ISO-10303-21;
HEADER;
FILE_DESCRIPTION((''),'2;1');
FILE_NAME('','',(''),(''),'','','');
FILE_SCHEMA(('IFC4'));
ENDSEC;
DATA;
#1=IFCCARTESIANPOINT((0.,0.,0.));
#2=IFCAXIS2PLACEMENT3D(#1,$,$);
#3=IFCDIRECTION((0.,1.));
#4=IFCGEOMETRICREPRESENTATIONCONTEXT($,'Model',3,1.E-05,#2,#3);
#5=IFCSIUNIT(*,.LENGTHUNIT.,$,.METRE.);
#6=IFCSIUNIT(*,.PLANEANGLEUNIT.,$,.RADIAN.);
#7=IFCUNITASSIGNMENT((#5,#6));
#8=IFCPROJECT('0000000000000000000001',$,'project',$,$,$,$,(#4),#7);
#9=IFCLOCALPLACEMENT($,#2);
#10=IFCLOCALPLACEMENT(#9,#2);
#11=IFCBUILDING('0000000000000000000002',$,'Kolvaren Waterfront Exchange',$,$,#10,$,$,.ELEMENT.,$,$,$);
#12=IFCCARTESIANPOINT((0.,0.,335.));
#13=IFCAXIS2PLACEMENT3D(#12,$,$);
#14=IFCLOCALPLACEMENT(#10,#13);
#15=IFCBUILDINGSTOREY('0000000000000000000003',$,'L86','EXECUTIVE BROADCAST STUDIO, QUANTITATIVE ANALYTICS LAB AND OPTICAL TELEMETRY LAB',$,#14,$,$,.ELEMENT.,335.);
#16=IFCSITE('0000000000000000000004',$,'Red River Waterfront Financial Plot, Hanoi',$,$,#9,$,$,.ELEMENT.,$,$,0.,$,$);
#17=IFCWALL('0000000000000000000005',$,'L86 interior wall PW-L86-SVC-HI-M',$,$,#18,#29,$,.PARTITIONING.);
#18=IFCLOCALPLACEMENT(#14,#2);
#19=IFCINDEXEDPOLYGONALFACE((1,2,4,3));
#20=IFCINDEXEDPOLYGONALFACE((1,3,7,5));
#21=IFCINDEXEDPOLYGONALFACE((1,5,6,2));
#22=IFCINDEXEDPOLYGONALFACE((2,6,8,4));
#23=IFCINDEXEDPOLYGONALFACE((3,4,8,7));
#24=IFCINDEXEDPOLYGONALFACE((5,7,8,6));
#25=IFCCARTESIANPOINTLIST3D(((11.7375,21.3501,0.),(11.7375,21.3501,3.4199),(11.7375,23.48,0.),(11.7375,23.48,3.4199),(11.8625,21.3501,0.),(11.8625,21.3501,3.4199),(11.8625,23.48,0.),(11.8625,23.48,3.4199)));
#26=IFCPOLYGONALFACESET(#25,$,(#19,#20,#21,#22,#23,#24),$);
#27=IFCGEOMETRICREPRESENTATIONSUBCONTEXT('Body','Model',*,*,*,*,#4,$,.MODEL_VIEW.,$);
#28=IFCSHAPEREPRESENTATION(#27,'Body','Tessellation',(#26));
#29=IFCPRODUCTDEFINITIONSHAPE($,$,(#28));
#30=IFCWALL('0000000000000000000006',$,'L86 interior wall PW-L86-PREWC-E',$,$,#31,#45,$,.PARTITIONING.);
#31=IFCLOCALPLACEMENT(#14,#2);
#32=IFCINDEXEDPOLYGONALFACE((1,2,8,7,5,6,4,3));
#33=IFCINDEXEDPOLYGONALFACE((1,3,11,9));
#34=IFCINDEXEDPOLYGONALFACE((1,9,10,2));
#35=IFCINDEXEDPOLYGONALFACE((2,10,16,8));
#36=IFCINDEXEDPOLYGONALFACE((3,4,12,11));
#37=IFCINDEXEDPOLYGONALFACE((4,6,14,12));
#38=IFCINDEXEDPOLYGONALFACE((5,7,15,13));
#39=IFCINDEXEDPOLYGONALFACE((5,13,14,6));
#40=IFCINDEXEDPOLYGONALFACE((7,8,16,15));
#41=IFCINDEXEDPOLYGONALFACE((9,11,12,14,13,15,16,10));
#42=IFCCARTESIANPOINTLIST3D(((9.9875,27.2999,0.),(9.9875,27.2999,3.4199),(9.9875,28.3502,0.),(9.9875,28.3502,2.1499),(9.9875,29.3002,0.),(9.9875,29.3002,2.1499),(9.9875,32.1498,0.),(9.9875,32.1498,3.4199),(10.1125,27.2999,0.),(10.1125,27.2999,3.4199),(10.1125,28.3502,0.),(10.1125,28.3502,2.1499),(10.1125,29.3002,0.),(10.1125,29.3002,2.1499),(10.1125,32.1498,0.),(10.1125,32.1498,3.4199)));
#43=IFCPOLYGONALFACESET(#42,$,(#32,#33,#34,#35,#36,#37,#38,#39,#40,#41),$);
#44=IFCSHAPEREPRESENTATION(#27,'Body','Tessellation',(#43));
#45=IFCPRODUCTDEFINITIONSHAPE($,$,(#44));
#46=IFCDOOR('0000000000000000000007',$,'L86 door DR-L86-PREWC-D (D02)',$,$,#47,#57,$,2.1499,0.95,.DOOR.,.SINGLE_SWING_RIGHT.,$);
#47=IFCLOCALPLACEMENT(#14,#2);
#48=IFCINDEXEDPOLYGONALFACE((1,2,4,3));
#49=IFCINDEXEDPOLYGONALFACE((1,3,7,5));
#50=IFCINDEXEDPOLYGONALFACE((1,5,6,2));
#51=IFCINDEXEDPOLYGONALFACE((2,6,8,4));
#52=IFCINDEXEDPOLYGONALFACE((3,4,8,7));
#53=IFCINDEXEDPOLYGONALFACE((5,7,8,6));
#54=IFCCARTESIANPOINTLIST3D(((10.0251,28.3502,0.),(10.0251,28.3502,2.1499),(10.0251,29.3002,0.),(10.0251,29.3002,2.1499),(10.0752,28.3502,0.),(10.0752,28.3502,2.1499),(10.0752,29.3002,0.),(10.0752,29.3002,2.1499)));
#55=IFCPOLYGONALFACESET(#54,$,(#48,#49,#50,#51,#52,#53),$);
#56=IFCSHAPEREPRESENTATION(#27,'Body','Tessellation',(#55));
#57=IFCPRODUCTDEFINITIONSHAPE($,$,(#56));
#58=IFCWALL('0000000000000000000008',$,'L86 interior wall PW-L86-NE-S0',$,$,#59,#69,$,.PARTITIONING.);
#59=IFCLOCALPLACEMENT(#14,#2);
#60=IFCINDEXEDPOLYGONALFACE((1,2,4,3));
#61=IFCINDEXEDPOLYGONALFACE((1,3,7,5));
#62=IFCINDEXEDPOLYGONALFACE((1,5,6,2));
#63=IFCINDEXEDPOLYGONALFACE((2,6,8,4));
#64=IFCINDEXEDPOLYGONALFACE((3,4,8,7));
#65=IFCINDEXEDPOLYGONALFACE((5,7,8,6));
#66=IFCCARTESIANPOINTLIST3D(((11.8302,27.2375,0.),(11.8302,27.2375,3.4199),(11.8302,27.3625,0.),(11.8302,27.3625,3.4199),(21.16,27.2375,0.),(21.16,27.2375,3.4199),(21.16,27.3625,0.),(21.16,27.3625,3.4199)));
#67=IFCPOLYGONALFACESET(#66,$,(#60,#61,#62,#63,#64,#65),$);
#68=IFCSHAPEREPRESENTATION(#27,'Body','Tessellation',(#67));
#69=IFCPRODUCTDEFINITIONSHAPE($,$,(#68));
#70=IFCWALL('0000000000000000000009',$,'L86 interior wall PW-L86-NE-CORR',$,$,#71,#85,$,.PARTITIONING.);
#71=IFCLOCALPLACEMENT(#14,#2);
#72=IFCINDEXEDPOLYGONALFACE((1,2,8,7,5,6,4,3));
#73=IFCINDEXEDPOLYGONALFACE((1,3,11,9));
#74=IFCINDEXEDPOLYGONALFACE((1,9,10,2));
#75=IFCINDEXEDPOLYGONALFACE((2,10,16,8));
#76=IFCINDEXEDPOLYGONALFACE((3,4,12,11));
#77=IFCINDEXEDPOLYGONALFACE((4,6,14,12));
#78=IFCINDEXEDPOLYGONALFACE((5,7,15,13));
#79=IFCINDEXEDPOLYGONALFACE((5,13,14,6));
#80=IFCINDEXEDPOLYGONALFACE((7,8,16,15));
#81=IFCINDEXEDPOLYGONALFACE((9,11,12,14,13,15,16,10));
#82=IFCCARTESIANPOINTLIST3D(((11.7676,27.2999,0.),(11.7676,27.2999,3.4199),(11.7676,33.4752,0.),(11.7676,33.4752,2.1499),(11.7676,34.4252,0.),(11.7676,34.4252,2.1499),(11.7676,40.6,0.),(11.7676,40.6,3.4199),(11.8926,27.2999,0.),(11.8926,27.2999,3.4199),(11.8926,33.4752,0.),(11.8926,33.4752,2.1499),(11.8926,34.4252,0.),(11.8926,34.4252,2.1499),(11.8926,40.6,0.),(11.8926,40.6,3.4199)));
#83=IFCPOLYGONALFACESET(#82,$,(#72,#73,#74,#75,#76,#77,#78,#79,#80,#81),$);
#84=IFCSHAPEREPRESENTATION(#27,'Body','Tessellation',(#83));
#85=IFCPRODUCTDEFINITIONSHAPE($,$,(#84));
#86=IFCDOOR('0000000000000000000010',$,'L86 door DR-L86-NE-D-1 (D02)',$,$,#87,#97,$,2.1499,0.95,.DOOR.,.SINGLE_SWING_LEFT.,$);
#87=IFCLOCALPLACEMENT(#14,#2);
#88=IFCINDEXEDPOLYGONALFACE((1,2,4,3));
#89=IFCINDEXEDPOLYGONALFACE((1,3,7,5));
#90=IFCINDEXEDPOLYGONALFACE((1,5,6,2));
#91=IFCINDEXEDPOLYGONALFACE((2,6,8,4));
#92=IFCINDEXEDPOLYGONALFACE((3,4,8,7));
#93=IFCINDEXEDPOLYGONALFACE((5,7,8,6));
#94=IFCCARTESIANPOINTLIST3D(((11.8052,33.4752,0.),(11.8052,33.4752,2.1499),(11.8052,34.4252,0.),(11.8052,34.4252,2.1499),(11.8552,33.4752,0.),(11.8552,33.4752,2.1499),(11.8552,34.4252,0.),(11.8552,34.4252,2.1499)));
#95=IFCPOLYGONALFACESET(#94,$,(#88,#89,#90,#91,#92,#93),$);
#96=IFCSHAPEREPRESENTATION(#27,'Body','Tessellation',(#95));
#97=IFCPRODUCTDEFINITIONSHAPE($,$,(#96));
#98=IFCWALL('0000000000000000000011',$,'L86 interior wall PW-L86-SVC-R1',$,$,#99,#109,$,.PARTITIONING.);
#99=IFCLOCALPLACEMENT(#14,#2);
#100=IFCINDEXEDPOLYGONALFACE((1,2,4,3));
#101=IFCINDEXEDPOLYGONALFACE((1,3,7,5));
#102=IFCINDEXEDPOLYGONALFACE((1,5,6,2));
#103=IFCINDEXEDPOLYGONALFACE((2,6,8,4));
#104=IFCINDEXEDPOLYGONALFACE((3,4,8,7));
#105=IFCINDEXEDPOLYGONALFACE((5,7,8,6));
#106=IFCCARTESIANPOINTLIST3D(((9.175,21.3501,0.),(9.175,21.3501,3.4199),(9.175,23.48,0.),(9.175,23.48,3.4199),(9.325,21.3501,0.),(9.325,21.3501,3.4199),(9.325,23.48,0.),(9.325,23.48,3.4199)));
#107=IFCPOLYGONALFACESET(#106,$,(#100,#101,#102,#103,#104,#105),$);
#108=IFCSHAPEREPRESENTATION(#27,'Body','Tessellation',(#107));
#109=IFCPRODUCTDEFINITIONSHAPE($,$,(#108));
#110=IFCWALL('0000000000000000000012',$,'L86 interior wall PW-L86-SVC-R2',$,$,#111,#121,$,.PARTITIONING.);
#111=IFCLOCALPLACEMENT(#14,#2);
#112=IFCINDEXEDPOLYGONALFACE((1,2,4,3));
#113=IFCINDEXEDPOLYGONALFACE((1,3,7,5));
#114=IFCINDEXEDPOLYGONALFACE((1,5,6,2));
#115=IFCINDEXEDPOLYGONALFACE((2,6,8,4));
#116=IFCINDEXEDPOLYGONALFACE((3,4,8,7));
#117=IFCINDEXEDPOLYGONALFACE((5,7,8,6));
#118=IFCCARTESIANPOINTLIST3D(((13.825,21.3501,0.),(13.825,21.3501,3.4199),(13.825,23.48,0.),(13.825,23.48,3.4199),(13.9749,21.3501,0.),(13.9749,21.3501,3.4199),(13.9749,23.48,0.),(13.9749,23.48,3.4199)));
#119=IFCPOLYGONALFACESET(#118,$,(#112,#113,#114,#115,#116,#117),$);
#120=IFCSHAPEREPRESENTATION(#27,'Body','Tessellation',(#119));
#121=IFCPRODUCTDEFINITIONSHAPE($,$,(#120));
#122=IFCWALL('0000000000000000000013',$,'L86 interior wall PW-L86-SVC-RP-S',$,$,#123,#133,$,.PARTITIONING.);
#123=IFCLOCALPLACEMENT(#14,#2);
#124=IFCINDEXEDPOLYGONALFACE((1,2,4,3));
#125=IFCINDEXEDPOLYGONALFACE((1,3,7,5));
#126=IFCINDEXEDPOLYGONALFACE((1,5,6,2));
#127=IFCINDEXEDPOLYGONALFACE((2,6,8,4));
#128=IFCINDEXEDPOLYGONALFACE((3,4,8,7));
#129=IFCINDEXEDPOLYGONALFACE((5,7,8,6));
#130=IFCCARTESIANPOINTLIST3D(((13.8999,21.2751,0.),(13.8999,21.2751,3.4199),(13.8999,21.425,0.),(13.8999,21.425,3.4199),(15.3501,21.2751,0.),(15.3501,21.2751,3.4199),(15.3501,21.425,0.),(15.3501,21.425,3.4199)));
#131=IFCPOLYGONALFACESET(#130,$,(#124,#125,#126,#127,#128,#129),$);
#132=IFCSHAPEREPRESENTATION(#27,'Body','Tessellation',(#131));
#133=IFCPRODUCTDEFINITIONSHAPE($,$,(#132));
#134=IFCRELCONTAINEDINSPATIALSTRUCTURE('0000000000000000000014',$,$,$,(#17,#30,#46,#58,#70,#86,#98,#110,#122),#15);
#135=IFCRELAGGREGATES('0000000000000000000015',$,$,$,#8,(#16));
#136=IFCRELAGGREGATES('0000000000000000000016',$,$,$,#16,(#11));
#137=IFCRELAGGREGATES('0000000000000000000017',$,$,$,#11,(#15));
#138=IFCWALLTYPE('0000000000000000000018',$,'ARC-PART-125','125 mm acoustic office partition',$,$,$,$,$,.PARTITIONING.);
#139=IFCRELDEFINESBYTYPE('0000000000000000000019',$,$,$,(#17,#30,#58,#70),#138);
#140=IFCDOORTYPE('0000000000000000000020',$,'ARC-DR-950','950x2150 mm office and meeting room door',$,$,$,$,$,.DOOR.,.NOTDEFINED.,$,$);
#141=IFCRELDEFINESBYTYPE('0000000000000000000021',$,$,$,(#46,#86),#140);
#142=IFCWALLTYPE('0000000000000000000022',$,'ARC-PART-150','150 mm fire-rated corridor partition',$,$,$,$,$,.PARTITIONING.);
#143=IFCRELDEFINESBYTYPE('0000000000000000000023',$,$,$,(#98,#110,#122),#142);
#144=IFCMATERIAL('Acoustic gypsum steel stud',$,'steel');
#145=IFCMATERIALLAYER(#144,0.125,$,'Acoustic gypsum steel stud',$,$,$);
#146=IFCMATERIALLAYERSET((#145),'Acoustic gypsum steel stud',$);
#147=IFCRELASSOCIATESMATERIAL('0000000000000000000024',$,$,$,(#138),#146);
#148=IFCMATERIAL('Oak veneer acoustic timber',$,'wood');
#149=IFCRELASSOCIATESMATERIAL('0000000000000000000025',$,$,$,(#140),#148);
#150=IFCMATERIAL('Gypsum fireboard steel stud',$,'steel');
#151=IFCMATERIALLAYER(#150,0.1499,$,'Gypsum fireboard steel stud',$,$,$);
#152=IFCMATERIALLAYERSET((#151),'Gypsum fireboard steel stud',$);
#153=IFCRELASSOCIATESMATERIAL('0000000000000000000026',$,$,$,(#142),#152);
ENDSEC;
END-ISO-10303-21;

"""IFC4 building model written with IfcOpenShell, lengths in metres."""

from ifc_helpers import new_model, si_unit, direction, frame, frame_2d, origin, place, context, subcontext, project, spatial, rectangle, extrude, material, layer, layer_set, type_object, element, fill, save


model = new_model("IFC4")

# Units and contexts
model_context = context("Model", 3, precision=1e-05, world=origin(), true_north=direction((0.0, 1.0)))
body_context = subcontext(model_context, "Body", "Model", "MODEL_VIEW")
ifc_project = project(units=[si_unit("LENGTHUNIT", "METRE"), si_unit("PLANEANGLEUNIT", "RADIAN")], contexts=[model_context])

# Site, building, storey
site_placement = place(None, origin())
site = spatial("IfcSite", under=ifc_project, at=site_placement, Name="Red River Waterfront Financial Plot, Hanoi", CompositionType="ELEMENT", RefElevation=0.0)
building_placement = place(site_placement, origin())
building = spatial("IfcBuilding", under=site, at=building_placement, Name="Kolvaren Waterfront Exchange", CompositionType="ELEMENT")
storey_placement = place(building_placement, frame((0.0, 0.0, 335.0)))
storey = spatial("IfcBuildingStorey", under=building, at=storey_placement, Name="L86", Description="EXECUTIVE BROADCAST STUDIO, QUANTITATIVE ANALYTICS LAB AND OPTICAL TELEMETRY LAB", CompositionType="ELEMENT", Elevation=335.0)

# Shared definitions
ifc_material_1 = material(Name="Acoustic gypsum steel stud", Category="steel")
ifc_layer_1 = layer(ifc_material_1, 0.125, Name="Acoustic gypsum steel stud")
ifc_layer_set_1 = layer_set([ifc_layer_1], Name="Acoustic gypsum steel stud")
wall_type_1 = type_object("IfcWallType", Name="ARC-PART-125", Description="125 mm acoustic office partition", PredefinedType="PARTITIONING", material=ifc_layer_set_1)

# Wall
wall_1_placement = place(storey_placement, frame((11.8, 21.3501, 0.0), z_axis=(0.0, 0.0, 1.0), x_axis=(0.0, 1.0, 0.0)))
element("IfcWall", 1, at=wall_1_placement, inside=storey, type_object=wall_type_1, Name="L86 interior wall PW-L86-SVC-HI-M", PredefinedType="PARTITIONING", context=body_context, shape_type="SweptSolid", body=[
    extrude(rectangle(XDim=2.1299, YDim=0.125, at=frame_2d((1.0649, 0.0))), origin(), (0.0, 0.0, 1.0), 3.4199),
])

# Wall, opening, door
wall_2_placement = place(storey_placement, frame((10.05, 27.3, 0.0), z_axis=(0.0, 0.0, 1.0), x_axis=(0.0, 1.0, 0.0)))
wall_2 = element("IfcWall", 2, at=wall_2_placement, inside=storey, type_object=wall_type_1, Name="L86 interior wall PW-L86-PREWC-E", PredefinedType="PARTITIONING", context=body_context, shape_type="SweptSolid", body=[
    extrude(rectangle(XDim=4.8499, YDim=0.125, at=frame_2d((2.4248, 0.0))), origin(), (0.0, 0.0, 1.0), 3.4199),
])
opening_1_placement = place(wall_2_placement, frame((1.05, 0.0, 0.0)))
opening_1 = element("IfcOpeningElement", 3, at=opening_1_placement, cuts=wall_2, PredefinedType="OPENING", context=body_context, shape_type="SweptSolid", body=[
    extrude(rectangle(XDim=0.95, YDim=2.1499, at=frame_2d((0.4751, 1.075))), frame((0.0, 0.0725, 0.0), z_axis=(0.0, -1.0, 0.0), x_axis=(1.0, 0.0, 0.0)), (0.0, 0.0, 1.0), 0.145),
])
ifc_material_2 = material(Name="Oak veneer acoustic timber", Category="wood")
door_type_1 = type_object("IfcDoorType", Name="ARC-DR-950", Description="950x2150 mm office and meeting room door", OperationType="NOTDEFINED", PredefinedType="DOOR", material=ifc_material_2)
door_1_placement = place(opening_1_placement, origin())
door_1 = element("IfcDoor", 4, at=door_1_placement, inside=storey, type_object=door_type_1, Name="L86 door DR-L86-PREWC-D (D02)", OperationType="SINGLE_SWING_RIGHT", OverallHeight=2.1499, OverallWidth=0.95, PredefinedType="DOOR", context=body_context, shape_type="SweptSolid", body=[
    extrude(rectangle(XDim=0.95, YDim=2.1499, at=frame_2d((0.4751, 1.075))), frame((0.0, 0.0249, 0.0), z_axis=(0.0, -1.0, 0.0), x_axis=(1.0, 0.0, 0.0)), (0.0, 0.0, 1.0), 0.05),
])
fill(opening_1, door_1)

# Wall
wall_3_placement = place(storey_placement, frame((11.8301, 27.3, 0.0), z_axis=(0.0, 0.0, 1.0), x_axis=(1.0, 0.0, 0.0)))
element("IfcWall", 5, at=wall_3_placement, inside=storey, type_object=wall_type_1, Name="L86 interior wall PW-L86-NE-S0", PredefinedType="PARTITIONING", context=body_context, shape_type="SweptSolid", body=[
    extrude(rectangle(XDim=9.3298, YDim=0.125, at=frame_2d((4.665, 0.0))), origin(), (0.0, 0.0, 1.0), 3.4199),
])

# Wall, opening, door
wall_4_placement = place(storey_placement, frame((11.8301, 27.3, 0.0), z_axis=(0.0, 0.0, 1.0), x_axis=(0.0, 1.0, 0.0)))
wall_4 = element("IfcWall", 6, at=wall_4_placement, inside=storey, type_object=wall_type_1, Name="L86 interior wall PW-L86-NE-CORR", PredefinedType="PARTITIONING", context=body_context, shape_type="SweptSolid", body=[
    extrude(rectangle(XDim=13.3, YDim=0.125, at=frame_2d((6.6499, 0.0))), origin(), (0.0, 0.0, 1.0), 3.4199),
])
opening_2_placement = place(wall_4_placement, frame((6.175, 0.0, 0.0)))
opening_2 = element("IfcOpeningElement", 7, at=opening_2_placement, cuts=wall_4, PredefinedType="OPENING", context=body_context, shape_type="SweptSolid", body=[
    extrude(rectangle(XDim=0.95, YDim=2.1499, at=frame_2d((0.4751, 1.075))), frame((0.0, 0.0725, 0.0), z_axis=(0.0, -1.0, 0.0), x_axis=(1.0, 0.0, 0.0)), (0.0, 0.0, 1.0), 0.145),
])
door_2_placement = place(opening_2_placement, origin())
door_2 = element("IfcDoor", 8, at=door_2_placement, inside=storey, type_object=door_type_1, Name="L86 door DR-L86-NE-D-1 (D02)", OperationType="SINGLE_SWING_LEFT", OverallHeight=2.1499, OverallWidth=0.95, PredefinedType="DOOR", context=body_context, shape_type="SweptSolid", body=[
    extrude(rectangle(XDim=0.95, YDim=2.1499, at=frame_2d((0.4751, 1.075))), frame((0.0, 0.0249, 0.0), z_axis=(0.0, -1.0, 0.0), x_axis=(1.0, 0.0, 0.0)), (0.0, 0.0, 1.0), 0.05),
])
fill(opening_2, door_2)

# Walls
ifc_material_3 = material(Name="Gypsum fireboard steel stud", Category="steel")
ifc_layer_2 = layer(ifc_material_3, 0.1499, Name="Gypsum fireboard steel stud")
ifc_layer_set_2 = layer_set([ifc_layer_2], Name="Gypsum fireboard steel stud")
wall_type_2 = type_object("IfcWallType", Name="ARC-PART-150", Description="150 mm fire-rated corridor partition", PredefinedType="PARTITIONING", material=ifc_layer_set_2)
for number, where, z_axis, x_axis, name in (
    (9, (9.25, 21.3501, 0.0), (0.0, 0.0, 1.0), (0.0, 1.0, 0.0), "L86 interior wall PW-L86-SVC-R1"),
    (10, (13.8999, 21.3501, 0.0), (0.0, 0.0, 1.0), (0.0, 1.0, 0.0), "L86 interior wall PW-L86-SVC-R2"),
):
    element("IfcWall", number, at=place(storey_placement, frame(where, z_axis=z_axis, x_axis=x_axis)), inside=storey, type_object=wall_type_2, Name=name, PredefinedType="PARTITIONING", context=body_context, shape_type="SweptSolid", body=[
        extrude(rectangle(XDim=2.1299, YDim=0.1499, at=frame_2d((1.0649, 0.0))), origin(), (0.0, 0.0, 1.0), 3.4199),
    ])
wall_5_placement = place(storey_placement, frame((13.8999, 21.3501, 0.0), z_axis=(0.0, 0.0, 1.0), x_axis=(1.0, 0.0, 0.0)))
element("IfcWall", 11, at=wall_5_placement, inside=storey, type_object=wall_type_2, Name="L86 interior wall PW-L86-SVC-RP-S", PredefinedType="PARTITIONING", context=body_context, shape_type="SweptSolid", body=[
    extrude(rectangle(XDim=1.4502, YDim=0.1499, at=frame_2d((0.7251, 0.0))), origin(), (0.0, 0.0, 1.0), 3.4199),
])

save(model, "model.ifc")
